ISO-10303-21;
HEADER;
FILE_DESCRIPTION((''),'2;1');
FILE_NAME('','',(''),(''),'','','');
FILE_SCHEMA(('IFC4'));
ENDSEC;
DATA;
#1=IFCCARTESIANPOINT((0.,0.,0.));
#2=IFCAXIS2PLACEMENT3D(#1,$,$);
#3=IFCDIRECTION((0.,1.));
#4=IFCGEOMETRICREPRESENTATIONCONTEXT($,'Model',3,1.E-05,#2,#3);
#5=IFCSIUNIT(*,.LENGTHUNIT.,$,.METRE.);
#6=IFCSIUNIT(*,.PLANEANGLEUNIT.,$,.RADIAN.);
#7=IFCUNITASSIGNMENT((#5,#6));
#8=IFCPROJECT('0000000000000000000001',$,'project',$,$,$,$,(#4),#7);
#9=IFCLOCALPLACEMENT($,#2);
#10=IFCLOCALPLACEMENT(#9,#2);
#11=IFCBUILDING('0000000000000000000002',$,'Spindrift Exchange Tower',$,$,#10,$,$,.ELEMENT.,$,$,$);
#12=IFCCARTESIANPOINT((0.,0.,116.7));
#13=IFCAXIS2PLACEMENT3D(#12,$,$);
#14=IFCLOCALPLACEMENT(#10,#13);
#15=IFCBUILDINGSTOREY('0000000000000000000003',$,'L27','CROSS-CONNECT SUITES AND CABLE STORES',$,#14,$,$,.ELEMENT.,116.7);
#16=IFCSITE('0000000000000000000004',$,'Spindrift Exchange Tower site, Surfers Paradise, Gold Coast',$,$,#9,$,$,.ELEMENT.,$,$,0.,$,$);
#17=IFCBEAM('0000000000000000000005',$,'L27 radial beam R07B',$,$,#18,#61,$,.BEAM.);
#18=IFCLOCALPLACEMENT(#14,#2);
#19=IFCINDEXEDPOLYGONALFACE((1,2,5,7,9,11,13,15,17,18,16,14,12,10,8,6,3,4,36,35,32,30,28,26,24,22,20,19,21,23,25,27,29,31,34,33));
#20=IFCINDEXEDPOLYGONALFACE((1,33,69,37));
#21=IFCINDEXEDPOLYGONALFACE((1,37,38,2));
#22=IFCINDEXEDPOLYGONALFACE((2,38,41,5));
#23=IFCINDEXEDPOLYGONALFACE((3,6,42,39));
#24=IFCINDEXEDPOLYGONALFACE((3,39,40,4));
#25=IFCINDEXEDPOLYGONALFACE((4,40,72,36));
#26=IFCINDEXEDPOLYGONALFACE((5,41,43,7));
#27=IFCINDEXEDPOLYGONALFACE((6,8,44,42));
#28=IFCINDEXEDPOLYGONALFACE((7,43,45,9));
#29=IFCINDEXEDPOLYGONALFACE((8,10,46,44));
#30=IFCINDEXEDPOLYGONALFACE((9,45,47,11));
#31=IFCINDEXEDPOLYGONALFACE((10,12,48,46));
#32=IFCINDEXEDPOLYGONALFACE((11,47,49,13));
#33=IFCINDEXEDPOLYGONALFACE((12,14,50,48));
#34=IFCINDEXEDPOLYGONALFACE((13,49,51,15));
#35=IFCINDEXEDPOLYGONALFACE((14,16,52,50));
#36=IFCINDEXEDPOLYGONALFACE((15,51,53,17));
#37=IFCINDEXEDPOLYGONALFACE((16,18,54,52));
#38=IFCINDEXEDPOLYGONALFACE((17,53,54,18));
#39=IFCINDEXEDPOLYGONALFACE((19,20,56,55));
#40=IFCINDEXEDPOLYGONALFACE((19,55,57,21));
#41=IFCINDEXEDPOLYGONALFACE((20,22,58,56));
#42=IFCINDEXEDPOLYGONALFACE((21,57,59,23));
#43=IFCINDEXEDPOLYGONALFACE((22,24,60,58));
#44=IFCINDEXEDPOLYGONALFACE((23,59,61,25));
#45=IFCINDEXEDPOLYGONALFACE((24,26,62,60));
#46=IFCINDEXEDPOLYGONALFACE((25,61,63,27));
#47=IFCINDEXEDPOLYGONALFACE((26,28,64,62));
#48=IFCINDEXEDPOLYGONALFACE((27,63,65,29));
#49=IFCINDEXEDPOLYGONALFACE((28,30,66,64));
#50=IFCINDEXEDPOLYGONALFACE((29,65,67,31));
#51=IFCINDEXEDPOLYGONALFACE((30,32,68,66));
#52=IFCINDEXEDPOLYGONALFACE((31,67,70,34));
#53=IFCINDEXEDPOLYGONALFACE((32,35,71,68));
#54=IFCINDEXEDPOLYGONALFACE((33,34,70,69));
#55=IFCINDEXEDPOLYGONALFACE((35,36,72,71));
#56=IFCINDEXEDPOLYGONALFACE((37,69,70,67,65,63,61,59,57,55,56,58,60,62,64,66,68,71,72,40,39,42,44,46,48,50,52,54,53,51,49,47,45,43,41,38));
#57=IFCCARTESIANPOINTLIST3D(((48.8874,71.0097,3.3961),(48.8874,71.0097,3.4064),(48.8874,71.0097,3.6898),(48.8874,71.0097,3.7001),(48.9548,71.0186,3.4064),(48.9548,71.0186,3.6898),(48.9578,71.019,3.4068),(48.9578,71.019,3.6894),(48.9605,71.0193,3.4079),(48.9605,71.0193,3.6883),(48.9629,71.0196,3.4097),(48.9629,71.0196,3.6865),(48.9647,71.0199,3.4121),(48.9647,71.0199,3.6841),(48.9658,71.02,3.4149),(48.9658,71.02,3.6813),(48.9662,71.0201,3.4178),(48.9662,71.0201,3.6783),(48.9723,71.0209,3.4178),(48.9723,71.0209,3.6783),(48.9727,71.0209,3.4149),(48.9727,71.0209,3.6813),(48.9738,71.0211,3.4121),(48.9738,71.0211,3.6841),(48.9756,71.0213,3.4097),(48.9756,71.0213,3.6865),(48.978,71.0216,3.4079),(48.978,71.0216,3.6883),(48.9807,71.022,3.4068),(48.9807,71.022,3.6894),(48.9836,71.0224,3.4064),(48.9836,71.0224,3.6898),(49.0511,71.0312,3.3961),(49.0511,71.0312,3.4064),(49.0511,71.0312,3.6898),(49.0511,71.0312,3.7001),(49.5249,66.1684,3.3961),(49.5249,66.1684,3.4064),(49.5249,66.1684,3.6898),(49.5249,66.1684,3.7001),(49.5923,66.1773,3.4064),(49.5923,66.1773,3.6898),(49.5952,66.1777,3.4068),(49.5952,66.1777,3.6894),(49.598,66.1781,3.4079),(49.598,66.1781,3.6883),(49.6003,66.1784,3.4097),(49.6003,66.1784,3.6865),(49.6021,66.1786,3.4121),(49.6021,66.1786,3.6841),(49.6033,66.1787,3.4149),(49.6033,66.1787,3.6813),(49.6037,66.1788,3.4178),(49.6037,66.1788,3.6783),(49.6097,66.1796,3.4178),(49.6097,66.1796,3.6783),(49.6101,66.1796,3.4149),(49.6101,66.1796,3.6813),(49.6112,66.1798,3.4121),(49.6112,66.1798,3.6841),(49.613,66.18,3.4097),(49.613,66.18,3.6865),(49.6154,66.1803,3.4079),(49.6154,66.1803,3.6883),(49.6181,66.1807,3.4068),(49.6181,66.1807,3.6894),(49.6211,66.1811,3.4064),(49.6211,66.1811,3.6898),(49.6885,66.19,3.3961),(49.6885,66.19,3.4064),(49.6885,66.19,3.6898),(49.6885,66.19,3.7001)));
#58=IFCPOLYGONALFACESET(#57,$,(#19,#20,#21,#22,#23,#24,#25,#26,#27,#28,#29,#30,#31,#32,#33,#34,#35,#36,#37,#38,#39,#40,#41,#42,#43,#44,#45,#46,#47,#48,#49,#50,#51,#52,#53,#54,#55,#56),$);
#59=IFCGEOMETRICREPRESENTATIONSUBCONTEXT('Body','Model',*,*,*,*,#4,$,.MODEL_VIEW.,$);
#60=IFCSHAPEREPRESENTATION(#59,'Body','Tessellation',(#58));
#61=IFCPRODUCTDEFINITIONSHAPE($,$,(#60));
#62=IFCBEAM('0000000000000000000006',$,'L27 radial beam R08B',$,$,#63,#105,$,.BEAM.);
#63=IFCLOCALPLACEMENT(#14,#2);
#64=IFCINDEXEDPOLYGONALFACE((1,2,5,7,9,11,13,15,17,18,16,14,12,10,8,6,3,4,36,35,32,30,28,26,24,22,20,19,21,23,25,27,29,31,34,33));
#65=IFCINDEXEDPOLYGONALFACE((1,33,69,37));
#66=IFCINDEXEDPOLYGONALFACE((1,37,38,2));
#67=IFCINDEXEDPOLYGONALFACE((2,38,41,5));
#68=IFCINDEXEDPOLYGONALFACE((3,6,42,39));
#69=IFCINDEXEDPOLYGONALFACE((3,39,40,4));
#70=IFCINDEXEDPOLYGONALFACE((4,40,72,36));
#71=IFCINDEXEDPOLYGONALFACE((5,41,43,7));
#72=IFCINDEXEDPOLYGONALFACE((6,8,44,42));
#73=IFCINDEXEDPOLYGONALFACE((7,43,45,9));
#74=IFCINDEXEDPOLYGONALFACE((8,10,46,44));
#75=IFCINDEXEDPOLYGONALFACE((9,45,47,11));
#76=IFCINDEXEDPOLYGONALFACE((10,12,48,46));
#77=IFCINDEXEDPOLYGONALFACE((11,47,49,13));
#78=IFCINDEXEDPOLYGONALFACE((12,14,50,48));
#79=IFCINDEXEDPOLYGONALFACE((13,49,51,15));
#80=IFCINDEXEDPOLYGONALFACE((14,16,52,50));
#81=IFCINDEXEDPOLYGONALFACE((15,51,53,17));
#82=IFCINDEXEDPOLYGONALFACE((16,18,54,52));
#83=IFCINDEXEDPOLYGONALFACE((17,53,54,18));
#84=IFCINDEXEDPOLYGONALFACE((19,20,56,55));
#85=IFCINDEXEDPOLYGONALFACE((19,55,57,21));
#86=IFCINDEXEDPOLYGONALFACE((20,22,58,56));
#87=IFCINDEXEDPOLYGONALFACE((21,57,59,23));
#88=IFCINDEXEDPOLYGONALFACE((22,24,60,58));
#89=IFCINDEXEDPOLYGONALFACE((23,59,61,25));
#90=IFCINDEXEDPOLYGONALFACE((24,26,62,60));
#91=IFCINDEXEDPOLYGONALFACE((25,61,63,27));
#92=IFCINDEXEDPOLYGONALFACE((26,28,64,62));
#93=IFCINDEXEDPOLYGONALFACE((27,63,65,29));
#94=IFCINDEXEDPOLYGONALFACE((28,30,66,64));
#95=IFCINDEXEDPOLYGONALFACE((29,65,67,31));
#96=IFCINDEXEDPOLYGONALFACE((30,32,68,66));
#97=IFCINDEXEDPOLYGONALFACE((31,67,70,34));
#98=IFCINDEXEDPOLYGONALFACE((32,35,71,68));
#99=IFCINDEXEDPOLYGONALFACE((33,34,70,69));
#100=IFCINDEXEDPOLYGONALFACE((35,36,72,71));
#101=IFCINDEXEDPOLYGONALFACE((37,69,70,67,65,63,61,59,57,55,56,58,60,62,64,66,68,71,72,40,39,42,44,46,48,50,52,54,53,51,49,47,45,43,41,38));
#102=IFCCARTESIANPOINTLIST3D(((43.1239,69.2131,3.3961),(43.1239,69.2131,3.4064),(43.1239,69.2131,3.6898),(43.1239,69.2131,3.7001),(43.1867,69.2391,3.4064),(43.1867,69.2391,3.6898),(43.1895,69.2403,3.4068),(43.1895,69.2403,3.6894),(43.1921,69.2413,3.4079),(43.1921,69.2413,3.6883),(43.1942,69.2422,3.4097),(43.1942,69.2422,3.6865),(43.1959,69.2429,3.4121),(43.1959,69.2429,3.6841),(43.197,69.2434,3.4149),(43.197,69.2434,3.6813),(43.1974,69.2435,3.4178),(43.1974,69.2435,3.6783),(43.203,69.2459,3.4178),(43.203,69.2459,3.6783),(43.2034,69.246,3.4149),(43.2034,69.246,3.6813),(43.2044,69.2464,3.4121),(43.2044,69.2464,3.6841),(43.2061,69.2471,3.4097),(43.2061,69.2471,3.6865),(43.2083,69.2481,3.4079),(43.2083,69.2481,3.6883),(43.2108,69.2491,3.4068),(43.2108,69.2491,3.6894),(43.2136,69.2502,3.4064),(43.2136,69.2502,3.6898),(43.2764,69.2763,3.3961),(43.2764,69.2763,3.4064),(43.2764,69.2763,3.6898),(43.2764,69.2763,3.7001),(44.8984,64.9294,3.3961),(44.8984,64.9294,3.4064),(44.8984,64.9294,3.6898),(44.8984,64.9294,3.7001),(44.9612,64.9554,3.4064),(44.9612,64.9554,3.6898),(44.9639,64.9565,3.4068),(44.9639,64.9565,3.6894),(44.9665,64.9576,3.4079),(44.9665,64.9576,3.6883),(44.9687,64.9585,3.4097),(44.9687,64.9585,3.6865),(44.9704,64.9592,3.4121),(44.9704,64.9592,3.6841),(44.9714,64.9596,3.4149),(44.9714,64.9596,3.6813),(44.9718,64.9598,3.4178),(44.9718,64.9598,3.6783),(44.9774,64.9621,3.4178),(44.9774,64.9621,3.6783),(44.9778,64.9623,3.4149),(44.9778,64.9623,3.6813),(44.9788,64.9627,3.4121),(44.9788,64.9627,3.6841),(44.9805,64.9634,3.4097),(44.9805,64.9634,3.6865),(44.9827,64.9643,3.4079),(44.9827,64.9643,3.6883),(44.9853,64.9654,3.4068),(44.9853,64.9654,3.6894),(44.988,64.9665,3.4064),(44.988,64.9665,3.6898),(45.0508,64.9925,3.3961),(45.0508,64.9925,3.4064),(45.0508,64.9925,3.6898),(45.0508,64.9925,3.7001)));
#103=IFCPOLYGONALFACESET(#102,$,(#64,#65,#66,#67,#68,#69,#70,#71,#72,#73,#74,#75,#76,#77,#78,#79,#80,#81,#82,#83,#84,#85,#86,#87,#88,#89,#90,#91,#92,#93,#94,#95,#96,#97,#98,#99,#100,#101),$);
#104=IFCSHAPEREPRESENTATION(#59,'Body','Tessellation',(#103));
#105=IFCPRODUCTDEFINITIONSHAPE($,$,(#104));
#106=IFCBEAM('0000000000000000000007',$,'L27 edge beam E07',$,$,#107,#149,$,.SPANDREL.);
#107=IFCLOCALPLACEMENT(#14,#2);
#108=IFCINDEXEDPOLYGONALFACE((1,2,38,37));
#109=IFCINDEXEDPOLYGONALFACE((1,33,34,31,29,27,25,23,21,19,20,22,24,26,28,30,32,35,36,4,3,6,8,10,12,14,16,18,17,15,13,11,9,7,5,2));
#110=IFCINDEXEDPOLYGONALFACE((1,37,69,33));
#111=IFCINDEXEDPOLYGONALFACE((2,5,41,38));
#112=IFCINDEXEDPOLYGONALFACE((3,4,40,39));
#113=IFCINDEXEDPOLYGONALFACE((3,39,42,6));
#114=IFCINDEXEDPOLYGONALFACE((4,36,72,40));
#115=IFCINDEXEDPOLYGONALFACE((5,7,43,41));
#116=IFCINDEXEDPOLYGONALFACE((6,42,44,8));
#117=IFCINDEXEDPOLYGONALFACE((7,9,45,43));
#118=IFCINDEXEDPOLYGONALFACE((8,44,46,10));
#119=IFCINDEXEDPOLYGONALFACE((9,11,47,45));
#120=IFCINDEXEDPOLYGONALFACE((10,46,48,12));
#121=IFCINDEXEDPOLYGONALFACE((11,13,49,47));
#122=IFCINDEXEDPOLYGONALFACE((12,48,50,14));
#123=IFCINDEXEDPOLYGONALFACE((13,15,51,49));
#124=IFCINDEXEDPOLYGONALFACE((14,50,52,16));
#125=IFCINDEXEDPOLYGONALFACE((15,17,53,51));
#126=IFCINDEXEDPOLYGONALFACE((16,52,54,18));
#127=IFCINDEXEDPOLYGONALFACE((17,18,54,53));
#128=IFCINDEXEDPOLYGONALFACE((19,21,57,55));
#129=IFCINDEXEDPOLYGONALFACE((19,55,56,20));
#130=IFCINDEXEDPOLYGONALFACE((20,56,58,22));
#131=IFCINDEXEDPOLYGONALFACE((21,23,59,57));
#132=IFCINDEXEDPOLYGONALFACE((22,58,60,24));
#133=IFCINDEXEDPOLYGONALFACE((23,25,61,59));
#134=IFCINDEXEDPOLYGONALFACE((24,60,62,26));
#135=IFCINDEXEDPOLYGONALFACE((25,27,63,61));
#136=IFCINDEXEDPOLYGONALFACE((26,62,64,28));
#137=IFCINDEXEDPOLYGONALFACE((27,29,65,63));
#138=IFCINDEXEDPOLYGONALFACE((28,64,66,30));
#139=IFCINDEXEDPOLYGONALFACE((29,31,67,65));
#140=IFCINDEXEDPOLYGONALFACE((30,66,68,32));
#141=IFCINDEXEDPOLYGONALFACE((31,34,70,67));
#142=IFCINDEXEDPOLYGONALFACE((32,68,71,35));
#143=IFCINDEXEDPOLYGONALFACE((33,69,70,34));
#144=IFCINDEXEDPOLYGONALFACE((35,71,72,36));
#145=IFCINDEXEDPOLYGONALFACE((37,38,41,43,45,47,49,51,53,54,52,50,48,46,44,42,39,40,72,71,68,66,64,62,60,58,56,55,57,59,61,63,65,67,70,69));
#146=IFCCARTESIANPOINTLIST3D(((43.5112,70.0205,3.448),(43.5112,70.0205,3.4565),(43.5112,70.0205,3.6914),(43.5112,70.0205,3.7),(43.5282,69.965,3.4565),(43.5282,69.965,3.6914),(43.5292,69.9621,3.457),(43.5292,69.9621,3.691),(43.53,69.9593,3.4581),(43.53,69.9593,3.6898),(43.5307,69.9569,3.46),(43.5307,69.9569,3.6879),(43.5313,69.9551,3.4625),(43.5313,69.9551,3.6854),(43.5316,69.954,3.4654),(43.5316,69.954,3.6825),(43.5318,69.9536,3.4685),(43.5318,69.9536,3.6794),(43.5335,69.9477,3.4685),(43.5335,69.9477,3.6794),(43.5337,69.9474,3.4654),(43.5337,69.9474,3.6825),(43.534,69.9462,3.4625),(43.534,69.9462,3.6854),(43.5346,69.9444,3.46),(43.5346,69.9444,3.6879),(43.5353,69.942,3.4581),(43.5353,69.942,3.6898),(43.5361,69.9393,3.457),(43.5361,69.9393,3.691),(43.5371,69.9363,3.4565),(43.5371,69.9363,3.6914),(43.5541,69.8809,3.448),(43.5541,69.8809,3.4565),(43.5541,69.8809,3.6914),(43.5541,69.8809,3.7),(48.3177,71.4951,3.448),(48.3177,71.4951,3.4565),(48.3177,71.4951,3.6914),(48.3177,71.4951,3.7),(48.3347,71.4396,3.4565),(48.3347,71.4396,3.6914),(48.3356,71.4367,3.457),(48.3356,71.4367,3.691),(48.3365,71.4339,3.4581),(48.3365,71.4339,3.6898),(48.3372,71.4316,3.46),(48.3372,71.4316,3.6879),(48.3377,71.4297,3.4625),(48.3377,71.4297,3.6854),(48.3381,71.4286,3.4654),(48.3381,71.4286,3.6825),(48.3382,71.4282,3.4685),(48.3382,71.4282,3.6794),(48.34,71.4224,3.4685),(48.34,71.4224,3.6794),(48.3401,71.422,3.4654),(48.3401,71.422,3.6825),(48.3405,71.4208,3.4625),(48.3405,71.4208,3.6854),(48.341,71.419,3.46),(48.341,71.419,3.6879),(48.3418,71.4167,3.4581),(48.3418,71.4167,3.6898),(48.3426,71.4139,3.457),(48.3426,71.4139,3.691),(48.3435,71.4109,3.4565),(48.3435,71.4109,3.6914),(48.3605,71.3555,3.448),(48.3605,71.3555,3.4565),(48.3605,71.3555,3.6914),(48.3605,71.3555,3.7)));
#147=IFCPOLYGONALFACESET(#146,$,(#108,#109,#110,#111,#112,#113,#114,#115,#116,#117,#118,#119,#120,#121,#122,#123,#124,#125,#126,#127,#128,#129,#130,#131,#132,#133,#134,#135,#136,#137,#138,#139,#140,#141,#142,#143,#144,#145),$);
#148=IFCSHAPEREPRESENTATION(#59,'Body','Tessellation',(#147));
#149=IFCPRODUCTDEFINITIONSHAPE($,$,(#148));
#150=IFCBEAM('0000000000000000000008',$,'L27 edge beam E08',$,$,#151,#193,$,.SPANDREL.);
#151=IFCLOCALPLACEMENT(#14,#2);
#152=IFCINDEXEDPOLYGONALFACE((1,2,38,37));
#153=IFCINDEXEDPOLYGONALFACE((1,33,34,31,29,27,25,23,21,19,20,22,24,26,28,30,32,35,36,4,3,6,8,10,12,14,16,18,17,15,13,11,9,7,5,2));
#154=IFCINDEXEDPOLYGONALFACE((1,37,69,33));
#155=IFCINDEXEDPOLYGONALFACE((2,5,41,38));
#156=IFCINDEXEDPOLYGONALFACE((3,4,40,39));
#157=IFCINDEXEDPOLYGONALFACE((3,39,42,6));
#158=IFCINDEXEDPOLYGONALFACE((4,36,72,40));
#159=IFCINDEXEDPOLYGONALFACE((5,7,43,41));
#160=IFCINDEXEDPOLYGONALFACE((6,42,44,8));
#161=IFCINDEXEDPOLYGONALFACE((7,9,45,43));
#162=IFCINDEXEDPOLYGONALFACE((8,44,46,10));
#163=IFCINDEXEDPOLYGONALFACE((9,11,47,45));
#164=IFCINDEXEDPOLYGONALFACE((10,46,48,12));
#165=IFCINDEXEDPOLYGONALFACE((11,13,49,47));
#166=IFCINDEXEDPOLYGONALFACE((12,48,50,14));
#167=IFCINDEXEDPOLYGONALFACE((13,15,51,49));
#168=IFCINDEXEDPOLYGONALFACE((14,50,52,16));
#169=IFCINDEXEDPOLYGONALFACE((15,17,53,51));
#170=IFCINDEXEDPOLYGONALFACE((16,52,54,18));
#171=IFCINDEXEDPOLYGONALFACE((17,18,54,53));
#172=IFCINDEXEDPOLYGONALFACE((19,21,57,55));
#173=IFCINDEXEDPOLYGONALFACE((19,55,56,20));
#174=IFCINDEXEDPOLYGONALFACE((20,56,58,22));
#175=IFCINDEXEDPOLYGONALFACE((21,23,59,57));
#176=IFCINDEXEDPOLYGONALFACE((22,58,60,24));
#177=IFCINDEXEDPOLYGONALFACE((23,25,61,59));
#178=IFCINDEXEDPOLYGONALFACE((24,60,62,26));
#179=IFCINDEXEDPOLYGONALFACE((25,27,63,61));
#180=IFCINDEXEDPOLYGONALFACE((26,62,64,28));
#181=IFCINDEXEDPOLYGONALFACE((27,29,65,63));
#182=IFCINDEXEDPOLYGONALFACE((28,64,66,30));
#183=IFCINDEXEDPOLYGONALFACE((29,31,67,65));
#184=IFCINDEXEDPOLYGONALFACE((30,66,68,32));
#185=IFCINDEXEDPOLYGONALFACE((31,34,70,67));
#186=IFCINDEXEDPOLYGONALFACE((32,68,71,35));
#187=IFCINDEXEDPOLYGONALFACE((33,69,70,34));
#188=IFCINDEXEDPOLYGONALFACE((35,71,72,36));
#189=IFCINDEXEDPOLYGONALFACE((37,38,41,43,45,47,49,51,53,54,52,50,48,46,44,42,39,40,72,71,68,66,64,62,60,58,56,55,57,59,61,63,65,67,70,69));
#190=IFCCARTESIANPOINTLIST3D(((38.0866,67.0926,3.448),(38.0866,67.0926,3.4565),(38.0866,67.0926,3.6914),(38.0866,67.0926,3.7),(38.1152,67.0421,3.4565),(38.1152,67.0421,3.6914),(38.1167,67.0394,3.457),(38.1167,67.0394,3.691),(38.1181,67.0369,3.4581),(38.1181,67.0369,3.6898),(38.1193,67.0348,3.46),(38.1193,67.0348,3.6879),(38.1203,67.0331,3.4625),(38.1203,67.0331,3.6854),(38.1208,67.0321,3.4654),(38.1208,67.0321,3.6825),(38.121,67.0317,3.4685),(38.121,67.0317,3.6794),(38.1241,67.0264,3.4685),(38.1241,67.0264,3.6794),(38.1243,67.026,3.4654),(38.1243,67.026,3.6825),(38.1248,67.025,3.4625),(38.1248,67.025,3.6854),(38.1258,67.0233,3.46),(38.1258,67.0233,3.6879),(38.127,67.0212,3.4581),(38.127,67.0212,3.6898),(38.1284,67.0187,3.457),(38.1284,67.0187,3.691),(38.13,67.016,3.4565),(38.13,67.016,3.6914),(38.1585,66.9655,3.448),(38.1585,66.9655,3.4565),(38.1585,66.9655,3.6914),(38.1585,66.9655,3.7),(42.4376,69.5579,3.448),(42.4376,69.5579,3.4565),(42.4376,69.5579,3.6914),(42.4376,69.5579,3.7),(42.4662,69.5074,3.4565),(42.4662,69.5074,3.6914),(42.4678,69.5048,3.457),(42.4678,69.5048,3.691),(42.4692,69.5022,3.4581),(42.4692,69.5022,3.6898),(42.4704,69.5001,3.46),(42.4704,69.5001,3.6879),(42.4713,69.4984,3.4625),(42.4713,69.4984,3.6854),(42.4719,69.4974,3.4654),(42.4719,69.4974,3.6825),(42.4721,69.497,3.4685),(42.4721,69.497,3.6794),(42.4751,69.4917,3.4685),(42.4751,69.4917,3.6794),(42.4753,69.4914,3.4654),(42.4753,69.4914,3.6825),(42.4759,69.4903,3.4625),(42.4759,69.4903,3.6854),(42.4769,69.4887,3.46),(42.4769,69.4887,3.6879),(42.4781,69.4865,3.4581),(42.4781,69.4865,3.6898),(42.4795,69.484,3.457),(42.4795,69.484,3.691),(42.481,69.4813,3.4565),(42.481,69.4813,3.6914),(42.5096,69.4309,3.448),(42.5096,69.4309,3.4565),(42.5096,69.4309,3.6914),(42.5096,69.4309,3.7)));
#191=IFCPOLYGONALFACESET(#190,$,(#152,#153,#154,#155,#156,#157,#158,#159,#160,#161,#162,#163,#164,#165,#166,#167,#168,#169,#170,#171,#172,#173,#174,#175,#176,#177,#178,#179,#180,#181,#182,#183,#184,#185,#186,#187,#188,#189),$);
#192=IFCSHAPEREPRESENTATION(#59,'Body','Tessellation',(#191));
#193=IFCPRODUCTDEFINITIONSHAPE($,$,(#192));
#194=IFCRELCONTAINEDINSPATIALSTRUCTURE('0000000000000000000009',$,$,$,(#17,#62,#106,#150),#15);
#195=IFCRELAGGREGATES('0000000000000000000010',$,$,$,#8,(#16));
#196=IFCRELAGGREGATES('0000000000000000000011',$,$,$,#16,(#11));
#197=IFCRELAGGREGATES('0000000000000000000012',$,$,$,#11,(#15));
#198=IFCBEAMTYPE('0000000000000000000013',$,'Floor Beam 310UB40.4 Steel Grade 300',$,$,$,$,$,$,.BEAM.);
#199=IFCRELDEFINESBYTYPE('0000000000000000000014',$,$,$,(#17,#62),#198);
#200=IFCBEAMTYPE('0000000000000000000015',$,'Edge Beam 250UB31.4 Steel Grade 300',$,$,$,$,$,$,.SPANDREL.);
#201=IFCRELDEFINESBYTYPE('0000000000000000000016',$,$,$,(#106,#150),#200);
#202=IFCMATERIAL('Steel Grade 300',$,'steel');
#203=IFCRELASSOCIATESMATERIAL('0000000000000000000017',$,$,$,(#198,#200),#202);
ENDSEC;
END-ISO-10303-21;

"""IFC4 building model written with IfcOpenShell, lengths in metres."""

from ifc_helpers import new_model, si_unit, direction, frame, origin, origin_2d, place, context, subcontext, project, spatial, i_section, extrude, source, transform, mapped, material, material_profile, profile_set, type_object, element, save


model = new_model("IFC4")

# Units and contexts
model_context = context("Model", 3, precision=1e-05, world=origin(), true_north=direction((0.0, 1.0)))
body_context = subcontext(model_context, "Body", "Model", "MODEL_VIEW")
ifc_project = project(units=[si_unit("LENGTHUNIT", "METRE"), si_unit("PLANEANGLEUNIT", "RADIAN")], contexts=[model_context])

# Site, building, storey
site_placement = place(None, origin())
site = spatial("IfcSite", under=ifc_project, at=site_placement, Name="Spindrift Exchange Tower site, Surfers Paradise, Gold Coast", CompositionType="ELEMENT", RefElevation=0.0)
building_placement = place(site_placement, origin())
building = spatial("IfcBuilding", under=site, at=building_placement, Name="Spindrift Exchange Tower", CompositionType="ELEMENT")
storey_placement = place(building_placement, frame((0.0, 0.0, 116.7)))
storey = spatial("IfcBuildingStorey", under=building, at=storey_placement, Name="L27", Description="CROSS-CONNECT SUITES AND CABLE STORES", CompositionType="ELEMENT", Elevation=116.7)

# Beams
ifc_material_1 = material(Name="Steel Grade 300", Category="steel")
ifc_material_profile_1 = material_profile(ifc_material_1, i_section(OverallWidth=0.165, OverallDepth=0.304, WebThickness=0.0061, FlangeThickness=0.0103, FilletRadius=0.0115, at=origin_2d()), Name="310UB40.4")
ifc_profile_set_1 = profile_set([ifc_material_profile_1], Name="Steel Grade 300")
beam_type_1 = type_object("IfcBeamType", Name="Floor Beam 310UB40.4 Steel Grade 300", PredefinedType="BEAM", material=ifc_profile_set_1)
shared_shape_1 = source(origin(), body_context, "Body", "SweptSolid", [
    extrude(i_section(OverallWidth=0.165, OverallDepth=0.304, WebThickness=0.0061, FlangeThickness=0.0103, FilletRadius=0.0115, at=origin_2d()), origin(), (0.0, 0.0, 1.0), 4.8831),
])
beam_1_placement = place(storey_placement, frame((49.6067, 66.1792, 3.5481), z_axis=(-0.130542, 0.991443, 0.0), x_axis=(-0.991443, -0.130542, 0.0)))
element("IfcBeam", 1, at=beam_1_placement, inside=storey, type_object=beam_type_1, Name="L27 radial beam R07B", PredefinedType="BEAM", context=body_context, shape_type="MappedRepresentation", body=[
    mapped(shared_shape_1, transform((0.0, 0.0, 0.0), scale=1.0)),
])
shared_shape_2 = source(origin(), body_context, "Body", "SweptSolid", [
    extrude(i_section(OverallWidth=0.165, OverallDepth=0.304, WebThickness=0.0061, FlangeThickness=0.0103, FilletRadius=0.0115, at=origin_2d()), origin(), (0.0, 0.0, 1.0), 4.6367),
])
beam_2_placement = place(storey_placement, frame((44.9746, 64.9609, 3.5481), z_axis=(-0.382693, 0.923876, 0.0), x_axis=(-0.923876, -0.382693, 0.0)))
element("IfcBeam", 2, at=beam_2_placement, inside=storey, type_object=beam_type_1, Name="L27 radial beam R08B", PredefinedType="BEAM", context=body_context, shape_type="MappedRepresentation", body=[
    mapped(shared_shape_2, transform((0.0, 0.0, 0.0), scale=1.0)),
])
ifc_material_profile_2 = material_profile(ifc_material_1, i_section(OverallWidth=0.146, OverallDepth=0.252, WebThickness=0.0061, FlangeThickness=0.0085, FilletRadius=0.012, at=origin_2d()), Name="250UB31.4")
ifc_profile_set_2 = profile_set([ifc_material_profile_2], Name="Steel Grade 300")
beam_type_2 = type_object("IfcBeamType", Name="Edge Beam 250UB31.4 Steel Grade 300", PredefinedType="SPANDREL", material=ifc_profile_set_2)
shared_shape_3 = source(origin(), body_context, "Body", "SweptSolid", [
    extrude(i_section(OverallWidth=0.146, OverallDepth=0.252, WebThickness=0.0061, FlangeThickness=0.0085, FilletRadius=0.012, at=origin_2d()), origin(), (0.0, 0.0, 1.0), 5.0276),
])
beam_3_placement = place(storey_placement, frame((48.3391, 71.4253, 3.574), z_axis=(-0.956018, -0.293308, 0.0), x_axis=(0.293308, -0.956018, 0.0)))
element("IfcBeam", 3, at=beam_3_placement, inside=storey, type_object=beam_type_2, Name="L27 edge beam E07", PredefinedType="SPANDREL", context=body_context, shape_type="MappedRepresentation", body=[
    mapped(shared_shape_3, transform((0.0, 0.0, 0.0), scale=1.0)),
])
shared_shape_4 = source(origin(), body_context, "Body", "SweptSolid", [
    extrude(i_section(OverallWidth=0.146, OverallDepth=0.252, WebThickness=0.0061, FlangeThickness=0.0085, FilletRadius=0.012, at=origin_2d()), origin(), (0.0, 0.0, 1.0), 5.001),
])
beam_4_placement = place(storey_placement, frame((42.4736, 69.4944, 3.574), z_axis=(-0.870046, -0.492971, 0.0), x_axis=(0.492971, -0.870046, 0.0)))
element("IfcBeam", 4, at=beam_4_placement, inside=storey, type_object=beam_type_2, Name="L27 edge beam E08", PredefinedType="SPANDREL", context=body_context, shape_type="MappedRepresentation", body=[
    mapped(shared_shape_4, transform((0.0, 0.0, 0.0), scale=1.0)),
])

save(model, "model.ifc")
